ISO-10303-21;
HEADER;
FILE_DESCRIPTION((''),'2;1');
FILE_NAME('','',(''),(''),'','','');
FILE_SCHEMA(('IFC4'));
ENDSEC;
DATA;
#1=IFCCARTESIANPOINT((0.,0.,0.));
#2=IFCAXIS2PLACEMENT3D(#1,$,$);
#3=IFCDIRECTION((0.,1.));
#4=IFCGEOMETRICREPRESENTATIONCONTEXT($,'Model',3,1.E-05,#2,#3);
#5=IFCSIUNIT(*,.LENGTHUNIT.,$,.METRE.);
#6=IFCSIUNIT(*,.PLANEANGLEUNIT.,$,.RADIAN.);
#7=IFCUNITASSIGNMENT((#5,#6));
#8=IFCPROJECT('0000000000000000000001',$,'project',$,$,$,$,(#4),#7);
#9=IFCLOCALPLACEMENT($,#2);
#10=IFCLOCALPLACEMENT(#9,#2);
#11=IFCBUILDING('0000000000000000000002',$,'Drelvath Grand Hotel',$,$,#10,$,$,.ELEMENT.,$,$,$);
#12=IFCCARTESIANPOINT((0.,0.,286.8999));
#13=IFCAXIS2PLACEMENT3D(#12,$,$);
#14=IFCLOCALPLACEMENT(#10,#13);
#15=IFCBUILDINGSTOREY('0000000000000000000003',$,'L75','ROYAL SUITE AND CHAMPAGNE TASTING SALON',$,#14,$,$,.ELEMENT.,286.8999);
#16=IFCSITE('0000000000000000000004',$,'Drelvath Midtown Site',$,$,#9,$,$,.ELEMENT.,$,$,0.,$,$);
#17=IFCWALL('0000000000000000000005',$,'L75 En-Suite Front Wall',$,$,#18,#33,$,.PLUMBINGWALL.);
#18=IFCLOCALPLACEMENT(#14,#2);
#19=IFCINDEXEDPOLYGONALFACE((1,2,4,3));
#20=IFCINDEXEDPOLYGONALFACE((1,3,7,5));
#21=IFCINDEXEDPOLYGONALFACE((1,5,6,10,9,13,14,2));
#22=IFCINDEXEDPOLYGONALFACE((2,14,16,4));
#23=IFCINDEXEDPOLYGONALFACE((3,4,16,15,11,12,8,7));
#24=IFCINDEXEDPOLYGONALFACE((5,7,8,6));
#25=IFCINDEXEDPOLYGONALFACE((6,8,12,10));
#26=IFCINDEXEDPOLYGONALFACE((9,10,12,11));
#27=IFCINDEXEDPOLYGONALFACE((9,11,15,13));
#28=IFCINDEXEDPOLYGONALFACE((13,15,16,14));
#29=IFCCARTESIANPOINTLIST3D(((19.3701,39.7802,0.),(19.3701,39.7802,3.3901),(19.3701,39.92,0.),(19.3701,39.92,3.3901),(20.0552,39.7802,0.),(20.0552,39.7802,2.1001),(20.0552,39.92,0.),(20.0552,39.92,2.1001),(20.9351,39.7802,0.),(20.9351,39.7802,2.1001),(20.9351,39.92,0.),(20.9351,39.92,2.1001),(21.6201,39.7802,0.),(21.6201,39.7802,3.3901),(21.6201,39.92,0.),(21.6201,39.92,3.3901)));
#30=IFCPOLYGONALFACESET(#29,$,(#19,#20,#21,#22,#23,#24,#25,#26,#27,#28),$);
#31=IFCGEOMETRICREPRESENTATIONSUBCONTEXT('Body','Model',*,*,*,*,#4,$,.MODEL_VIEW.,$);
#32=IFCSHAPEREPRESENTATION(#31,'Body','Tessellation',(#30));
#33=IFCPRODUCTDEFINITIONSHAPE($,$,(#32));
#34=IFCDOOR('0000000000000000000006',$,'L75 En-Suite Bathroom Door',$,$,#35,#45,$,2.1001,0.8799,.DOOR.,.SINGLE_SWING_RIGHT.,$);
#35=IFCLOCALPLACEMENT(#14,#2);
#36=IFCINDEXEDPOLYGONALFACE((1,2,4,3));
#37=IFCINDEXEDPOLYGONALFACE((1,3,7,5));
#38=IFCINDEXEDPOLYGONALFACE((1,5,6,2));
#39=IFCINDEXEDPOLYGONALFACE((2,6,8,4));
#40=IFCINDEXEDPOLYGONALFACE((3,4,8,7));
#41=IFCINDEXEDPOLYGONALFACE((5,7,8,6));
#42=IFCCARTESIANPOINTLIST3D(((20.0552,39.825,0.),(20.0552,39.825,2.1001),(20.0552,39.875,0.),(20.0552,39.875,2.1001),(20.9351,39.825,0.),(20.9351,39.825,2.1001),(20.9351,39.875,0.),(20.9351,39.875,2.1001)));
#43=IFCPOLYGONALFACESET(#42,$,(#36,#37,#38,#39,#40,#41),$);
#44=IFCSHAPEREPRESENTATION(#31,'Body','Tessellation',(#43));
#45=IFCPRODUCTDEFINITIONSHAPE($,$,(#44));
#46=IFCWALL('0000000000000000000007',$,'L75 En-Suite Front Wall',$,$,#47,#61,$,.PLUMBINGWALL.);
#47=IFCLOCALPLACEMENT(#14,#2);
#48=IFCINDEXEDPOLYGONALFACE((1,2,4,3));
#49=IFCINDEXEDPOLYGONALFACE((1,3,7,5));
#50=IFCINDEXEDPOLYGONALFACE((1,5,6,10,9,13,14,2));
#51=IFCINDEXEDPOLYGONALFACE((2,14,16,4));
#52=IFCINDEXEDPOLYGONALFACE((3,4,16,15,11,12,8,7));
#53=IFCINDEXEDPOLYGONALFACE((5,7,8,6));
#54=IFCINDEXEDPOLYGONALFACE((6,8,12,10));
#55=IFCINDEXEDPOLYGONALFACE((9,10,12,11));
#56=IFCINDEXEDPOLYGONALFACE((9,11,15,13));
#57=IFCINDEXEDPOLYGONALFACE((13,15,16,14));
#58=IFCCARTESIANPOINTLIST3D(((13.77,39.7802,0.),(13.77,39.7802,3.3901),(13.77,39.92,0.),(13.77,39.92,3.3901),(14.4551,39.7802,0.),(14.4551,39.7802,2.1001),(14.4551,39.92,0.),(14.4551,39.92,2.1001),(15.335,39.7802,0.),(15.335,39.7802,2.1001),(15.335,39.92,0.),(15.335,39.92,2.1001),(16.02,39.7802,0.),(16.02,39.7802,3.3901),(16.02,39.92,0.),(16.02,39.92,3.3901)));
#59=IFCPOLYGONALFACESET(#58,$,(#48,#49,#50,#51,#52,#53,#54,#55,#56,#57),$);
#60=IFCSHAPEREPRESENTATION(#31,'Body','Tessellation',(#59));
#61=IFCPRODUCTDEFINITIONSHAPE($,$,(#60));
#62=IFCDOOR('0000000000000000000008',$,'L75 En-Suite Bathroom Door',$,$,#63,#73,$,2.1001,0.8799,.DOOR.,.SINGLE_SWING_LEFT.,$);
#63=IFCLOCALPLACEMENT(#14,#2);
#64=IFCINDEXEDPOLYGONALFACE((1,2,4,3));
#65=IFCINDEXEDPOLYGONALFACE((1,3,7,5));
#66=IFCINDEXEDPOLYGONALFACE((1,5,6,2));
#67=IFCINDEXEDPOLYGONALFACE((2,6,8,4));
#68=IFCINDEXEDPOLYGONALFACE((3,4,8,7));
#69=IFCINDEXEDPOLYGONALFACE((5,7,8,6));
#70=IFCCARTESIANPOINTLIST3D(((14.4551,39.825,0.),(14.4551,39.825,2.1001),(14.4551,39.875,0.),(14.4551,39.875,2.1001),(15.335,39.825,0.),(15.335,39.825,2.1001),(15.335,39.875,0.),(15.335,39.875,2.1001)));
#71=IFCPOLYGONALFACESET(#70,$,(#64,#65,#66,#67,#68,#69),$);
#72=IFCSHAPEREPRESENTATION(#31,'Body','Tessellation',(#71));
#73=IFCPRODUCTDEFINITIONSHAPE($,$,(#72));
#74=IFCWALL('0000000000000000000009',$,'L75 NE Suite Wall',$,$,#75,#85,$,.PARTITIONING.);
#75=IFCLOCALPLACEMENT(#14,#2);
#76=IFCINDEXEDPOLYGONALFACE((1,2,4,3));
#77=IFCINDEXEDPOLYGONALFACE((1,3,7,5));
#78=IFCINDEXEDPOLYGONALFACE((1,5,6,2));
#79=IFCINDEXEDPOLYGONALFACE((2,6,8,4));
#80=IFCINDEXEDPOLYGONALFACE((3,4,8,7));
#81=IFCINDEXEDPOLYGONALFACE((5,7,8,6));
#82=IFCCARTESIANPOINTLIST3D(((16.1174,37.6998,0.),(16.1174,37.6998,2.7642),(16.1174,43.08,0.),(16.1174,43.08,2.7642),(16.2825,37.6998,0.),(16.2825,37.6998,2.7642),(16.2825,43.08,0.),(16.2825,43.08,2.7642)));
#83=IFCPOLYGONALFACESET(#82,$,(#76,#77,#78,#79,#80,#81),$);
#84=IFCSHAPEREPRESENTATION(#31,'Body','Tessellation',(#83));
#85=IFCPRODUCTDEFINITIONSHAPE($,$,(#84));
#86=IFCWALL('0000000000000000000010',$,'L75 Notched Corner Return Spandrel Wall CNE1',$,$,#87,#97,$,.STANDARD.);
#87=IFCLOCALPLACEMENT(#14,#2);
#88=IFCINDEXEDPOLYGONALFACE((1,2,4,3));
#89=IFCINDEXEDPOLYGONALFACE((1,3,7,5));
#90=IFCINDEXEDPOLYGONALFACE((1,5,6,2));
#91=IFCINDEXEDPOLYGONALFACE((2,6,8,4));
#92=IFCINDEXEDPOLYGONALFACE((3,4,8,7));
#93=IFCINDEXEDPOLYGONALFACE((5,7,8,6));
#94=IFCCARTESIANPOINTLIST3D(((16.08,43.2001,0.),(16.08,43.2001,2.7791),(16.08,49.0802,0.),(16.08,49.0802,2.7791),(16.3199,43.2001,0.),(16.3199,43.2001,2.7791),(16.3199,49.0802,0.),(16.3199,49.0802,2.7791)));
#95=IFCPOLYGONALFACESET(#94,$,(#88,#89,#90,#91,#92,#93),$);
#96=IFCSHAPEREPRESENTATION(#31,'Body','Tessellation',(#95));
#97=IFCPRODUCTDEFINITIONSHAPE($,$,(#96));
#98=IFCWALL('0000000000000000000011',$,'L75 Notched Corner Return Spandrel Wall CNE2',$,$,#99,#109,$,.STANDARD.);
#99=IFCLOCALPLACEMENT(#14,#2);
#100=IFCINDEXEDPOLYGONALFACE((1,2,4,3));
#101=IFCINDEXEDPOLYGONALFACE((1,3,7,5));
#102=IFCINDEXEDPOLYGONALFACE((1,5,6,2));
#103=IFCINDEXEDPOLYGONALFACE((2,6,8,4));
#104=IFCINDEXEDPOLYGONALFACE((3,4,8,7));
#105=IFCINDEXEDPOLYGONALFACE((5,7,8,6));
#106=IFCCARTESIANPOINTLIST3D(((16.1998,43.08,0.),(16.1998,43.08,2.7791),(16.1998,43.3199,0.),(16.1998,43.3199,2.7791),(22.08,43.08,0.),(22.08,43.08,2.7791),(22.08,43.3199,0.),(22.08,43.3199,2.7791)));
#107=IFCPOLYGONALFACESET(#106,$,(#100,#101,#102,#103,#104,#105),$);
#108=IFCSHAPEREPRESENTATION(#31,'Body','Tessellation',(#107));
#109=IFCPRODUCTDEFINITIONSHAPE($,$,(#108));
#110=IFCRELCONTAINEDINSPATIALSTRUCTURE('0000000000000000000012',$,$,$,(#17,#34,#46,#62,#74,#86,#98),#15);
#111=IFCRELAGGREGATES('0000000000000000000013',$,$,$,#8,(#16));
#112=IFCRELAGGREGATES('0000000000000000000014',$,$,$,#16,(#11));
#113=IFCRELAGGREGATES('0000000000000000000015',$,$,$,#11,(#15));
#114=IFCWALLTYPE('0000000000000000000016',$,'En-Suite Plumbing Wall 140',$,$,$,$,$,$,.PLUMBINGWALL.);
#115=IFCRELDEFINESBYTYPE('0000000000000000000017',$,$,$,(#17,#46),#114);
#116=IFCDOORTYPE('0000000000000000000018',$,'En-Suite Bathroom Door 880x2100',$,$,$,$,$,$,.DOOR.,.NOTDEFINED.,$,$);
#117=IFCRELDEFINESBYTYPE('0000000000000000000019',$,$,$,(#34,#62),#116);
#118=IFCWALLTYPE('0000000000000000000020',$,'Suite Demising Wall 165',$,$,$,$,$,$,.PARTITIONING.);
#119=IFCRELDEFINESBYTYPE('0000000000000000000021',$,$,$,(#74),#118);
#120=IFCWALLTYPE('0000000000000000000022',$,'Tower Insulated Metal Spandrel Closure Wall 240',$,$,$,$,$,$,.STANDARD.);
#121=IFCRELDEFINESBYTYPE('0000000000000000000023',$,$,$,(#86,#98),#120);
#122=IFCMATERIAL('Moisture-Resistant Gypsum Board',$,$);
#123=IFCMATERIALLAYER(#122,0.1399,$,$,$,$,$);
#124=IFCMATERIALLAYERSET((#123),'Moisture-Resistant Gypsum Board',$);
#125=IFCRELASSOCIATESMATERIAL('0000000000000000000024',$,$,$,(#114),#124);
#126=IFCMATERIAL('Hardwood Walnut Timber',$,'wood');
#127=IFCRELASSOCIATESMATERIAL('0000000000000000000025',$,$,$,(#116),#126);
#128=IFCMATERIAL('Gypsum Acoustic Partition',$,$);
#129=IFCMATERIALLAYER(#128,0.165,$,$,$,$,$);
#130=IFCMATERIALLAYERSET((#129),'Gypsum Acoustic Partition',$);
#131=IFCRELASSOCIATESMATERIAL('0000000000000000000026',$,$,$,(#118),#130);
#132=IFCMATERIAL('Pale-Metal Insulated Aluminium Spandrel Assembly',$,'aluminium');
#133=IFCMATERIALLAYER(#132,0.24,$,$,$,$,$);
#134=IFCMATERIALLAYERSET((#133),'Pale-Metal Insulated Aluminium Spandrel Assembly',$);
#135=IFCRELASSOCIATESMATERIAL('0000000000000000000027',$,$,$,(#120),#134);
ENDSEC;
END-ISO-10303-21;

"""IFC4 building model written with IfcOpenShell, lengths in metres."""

from ifc_helpers import new_model, si_unit, direction, frame, frame_2d, origin, place, context, subcontext, project, spatial, rectangle, extrude, material, layer, layer_set, type_object, element, fill, save


model = new_model("IFC4")

# Units and contexts
model_context = context("Model", 3, precision=1e-05, world=origin(), true_north=direction((0.0, 1.0)))
body_context = subcontext(model_context, "Body", "Model", "MODEL_VIEW")
ifc_project = project(units=[si_unit("LENGTHUNIT", "METRE"), si_unit("PLANEANGLEUNIT", "RADIAN")], contexts=[model_context])

# Site, building, storey
site_placement = place(None, origin())
site = spatial("IfcSite", under=ifc_project, at=site_placement, Name="Drelvath Midtown Site", CompositionType="ELEMENT", RefElevation=0.0)
building_placement = place(site_placement, origin())
building = spatial("IfcBuilding", under=site, at=building_placement, Name="Drelvath Grand Hotel", CompositionType="ELEMENT")
storey_placement = place(building_placement, frame((0.0, 0.0, 286.8999)))
storey = spatial("IfcBuildingStorey", under=building, at=storey_placement, Name="L75", Description="ROYAL SUITE AND CHAMPAGNE TASTING SALON", CompositionType="ELEMENT", Elevation=286.8999)

# Shared definitions
ifc_material_1 = material(Name="Moisture-Resistant Gypsum Board")
ifc_layer_1 = layer(ifc_material_1, 0.1399)
ifc_layer_set_1 = layer_set([ifc_layer_1], Name="Moisture-Resistant Gypsum Board")
wall_type_1 = type_object("IfcWallType", Name="En-Suite Plumbing Wall 140", PredefinedType="PLUMBINGWALL", material=ifc_layer_set_1)

# Walls, openings, doors
wall_1_placement = place(storey_placement, frame((19.3701, 39.8501, 0.0), z_axis=(0.0, 0.0, 1.0), x_axis=(1.0, 0.0, 0.0)))
wall_1 = element("IfcWall", 1, at=wall_1_placement, inside=storey, type_object=wall_type_1, Name="L75 En-Suite Front Wall", PredefinedType="PLUMBINGWALL", context=body_context, shape_type="SweptSolid", body=[
    extrude(rectangle(XDim=2.25, YDim=0.1399, at=frame_2d((1.125, 0.0))), origin(), (0.0, 0.0, 1.0), 3.3901),
])
opening_1_placement = place(wall_1_placement, frame((0.6851, 0.0, 0.0)))
opening_1 = element("IfcOpeningElement", 2, at=opening_1_placement, cuts=wall_1, PredefinedType="OPENING", context=body_context, shape_type="SweptSolid", body=[
    extrude(rectangle(XDim=0.8799, YDim=2.1001, at=frame_2d((0.4399, 1.05))), frame((0.0, 0.0798, 0.0), z_axis=(0.0, -1.0, 0.0), x_axis=(1.0, 0.0, 0.0)), (0.0, 0.0, 1.0), 0.1599),
])
ifc_material_2 = material(Name="Hardwood Walnut Timber", Category="wood")
door_type = type_object("IfcDoorType", Name="En-Suite Bathroom Door 880x2100", OperationType="NOTDEFINED", PredefinedType="DOOR", material=ifc_material_2)
door_1_placement = place(opening_1_placement, origin())
door_1 = element("IfcDoor", 3, at=door_1_placement, inside=storey, type_object=door_type, Name="L75 En-Suite Bathroom Door", OperationType="SINGLE_SWING_RIGHT", OverallHeight=2.1001, OverallWidth=0.8799, PredefinedType="DOOR", context=body_context, shape_type="SweptSolid", body=[
    extrude(rectangle(XDim=0.8799, YDim=2.1001, at=frame_2d((0.4399, 1.05))), frame((0.0, 0.0249, 0.0), z_axis=(0.0, -1.0, 0.0), x_axis=(1.0, 0.0, 0.0)), (0.0, 0.0, 1.0), 0.05),
])
fill(opening_1, door_1)
wall_2_placement = place(storey_placement, frame((13.77, 39.8501, 0.0), z_axis=(0.0, 0.0, 1.0), x_axis=(1.0, 0.0, 0.0)))
wall_2 = element("IfcWall", 4, at=wall_2_placement, inside=storey, type_object=wall_type_1, Name="L75 En-Suite Front Wall", PredefinedType="PLUMBINGWALL", context=body_context, shape_type="SweptSolid", body=[
    extrude(rectangle(XDim=2.25, YDim=0.1399, at=frame_2d((1.125, 0.0))), origin(), (0.0, 0.0, 1.0), 3.3901),
])
opening_2_placement = place(wall_2_placement, frame((0.6851, 0.0, 0.0)))
opening_2 = element("IfcOpeningElement", 5, at=opening_2_placement, cuts=wall_2, PredefinedType="OPENING", context=body_context, shape_type="SweptSolid", body=[
    extrude(rectangle(XDim=0.8799, YDim=2.1001, at=frame_2d((0.4399, 1.05))), frame((0.0, 0.0798, 0.0), z_axis=(0.0, -1.0, 0.0), x_axis=(1.0, 0.0, 0.0)), (0.0, 0.0, 1.0), 0.1599),
])
door_2_placement = place(opening_2_placement, origin())
door_2 = element("IfcDoor", 6, at=door_2_placement, inside=storey, type_object=door_type, Name="L75 En-Suite Bathroom Door", OperationType="SINGLE_SWING_LEFT", OverallHeight=2.1001, OverallWidth=0.8799, PredefinedType="DOOR", context=body_context, shape_type="SweptSolid", body=[
    extrude(rectangle(XDim=0.8799, YDim=2.1001, at=frame_2d((0.4399, 1.05))), frame((0.0, 0.0249, 0.0), z_axis=(0.0, -1.0, 0.0), x_axis=(1.0, 0.0, 0.0)), (0.0, 0.0, 1.0), 0.05),
])
fill(opening_2, door_2)

# Walls
ifc_material_3 = material(Name="Gypsum Acoustic Partition")
ifc_layer_2 = layer(ifc_material_3, 0.165)
ifc_layer_set_2 = layer_set([ifc_layer_2], Name="Gypsum Acoustic Partition")
wall_type_2 = type_object("IfcWallType", Name="Suite Demising Wall 165", PredefinedType="PARTITIONING", material=ifc_layer_set_2)
wall_3_placement = place(storey_placement, frame((16.2, 37.7, 0.0), z_axis=(0.0, 0.0, 1.0), x_axis=(0.0, 1.0, 0.0)))
element("IfcWall", 7, at=wall_3_placement, inside=storey, type_object=wall_type_2, Name="L75 NE Suite Wall", PredefinedType="PARTITIONING", context=body_context, shape_type="SweptSolid", body=[
    extrude(rectangle(XDim=5.3801, YDim=0.165, at=frame_2d((2.6899, 0.0))), origin(), (0.0, 0.0, 1.0), 2.7642),
])
ifc_material_4 = material(Name="Pale-Metal Insulated Aluminium Spandrel Assembly", Category="aluminium")
ifc_layer_3 = layer(ifc_material_4, 0.24)
ifc_layer_set_3 = layer_set([ifc_layer_3], Name="Pale-Metal Insulated Aluminium Spandrel Assembly")
wall_type_3 = type_object("IfcWallType", Name="Tower Insulated Metal Spandrel Closure Wall 240", PredefinedType="STANDARD", material=ifc_layer_set_3)
for number, where, z_axis, x_axis, name in (
    (8, (16.2, 49.0801, 0.0), (0.0, 0.0, 1.0), (0.0, -1.0, 0.0), "L75 Notched Corner Return Spandrel Wall CNE1"),
    (9, (16.2, 43.2, 0.0), (0.0, 0.0, 1.0), (1.0, 0.0, 0.0), "L75 Notched Corner Return Spandrel Wall CNE2"),
):
    element("IfcWall", number, at=place(storey_placement, frame(where, z_axis=z_axis, x_axis=x_axis)), inside=storey, type_object=wall_type_3, Name=name, PredefinedType="STANDARD", context=body_context, shape_type="SweptSolid", body=[
        extrude(rectangle(XDim=5.8801, YDim=0.24, at=frame_2d((2.9399, 0.0))), origin(), (0.0, 0.0, 1.0), 2.7791),
    ])

save(model, "model.ifc")
